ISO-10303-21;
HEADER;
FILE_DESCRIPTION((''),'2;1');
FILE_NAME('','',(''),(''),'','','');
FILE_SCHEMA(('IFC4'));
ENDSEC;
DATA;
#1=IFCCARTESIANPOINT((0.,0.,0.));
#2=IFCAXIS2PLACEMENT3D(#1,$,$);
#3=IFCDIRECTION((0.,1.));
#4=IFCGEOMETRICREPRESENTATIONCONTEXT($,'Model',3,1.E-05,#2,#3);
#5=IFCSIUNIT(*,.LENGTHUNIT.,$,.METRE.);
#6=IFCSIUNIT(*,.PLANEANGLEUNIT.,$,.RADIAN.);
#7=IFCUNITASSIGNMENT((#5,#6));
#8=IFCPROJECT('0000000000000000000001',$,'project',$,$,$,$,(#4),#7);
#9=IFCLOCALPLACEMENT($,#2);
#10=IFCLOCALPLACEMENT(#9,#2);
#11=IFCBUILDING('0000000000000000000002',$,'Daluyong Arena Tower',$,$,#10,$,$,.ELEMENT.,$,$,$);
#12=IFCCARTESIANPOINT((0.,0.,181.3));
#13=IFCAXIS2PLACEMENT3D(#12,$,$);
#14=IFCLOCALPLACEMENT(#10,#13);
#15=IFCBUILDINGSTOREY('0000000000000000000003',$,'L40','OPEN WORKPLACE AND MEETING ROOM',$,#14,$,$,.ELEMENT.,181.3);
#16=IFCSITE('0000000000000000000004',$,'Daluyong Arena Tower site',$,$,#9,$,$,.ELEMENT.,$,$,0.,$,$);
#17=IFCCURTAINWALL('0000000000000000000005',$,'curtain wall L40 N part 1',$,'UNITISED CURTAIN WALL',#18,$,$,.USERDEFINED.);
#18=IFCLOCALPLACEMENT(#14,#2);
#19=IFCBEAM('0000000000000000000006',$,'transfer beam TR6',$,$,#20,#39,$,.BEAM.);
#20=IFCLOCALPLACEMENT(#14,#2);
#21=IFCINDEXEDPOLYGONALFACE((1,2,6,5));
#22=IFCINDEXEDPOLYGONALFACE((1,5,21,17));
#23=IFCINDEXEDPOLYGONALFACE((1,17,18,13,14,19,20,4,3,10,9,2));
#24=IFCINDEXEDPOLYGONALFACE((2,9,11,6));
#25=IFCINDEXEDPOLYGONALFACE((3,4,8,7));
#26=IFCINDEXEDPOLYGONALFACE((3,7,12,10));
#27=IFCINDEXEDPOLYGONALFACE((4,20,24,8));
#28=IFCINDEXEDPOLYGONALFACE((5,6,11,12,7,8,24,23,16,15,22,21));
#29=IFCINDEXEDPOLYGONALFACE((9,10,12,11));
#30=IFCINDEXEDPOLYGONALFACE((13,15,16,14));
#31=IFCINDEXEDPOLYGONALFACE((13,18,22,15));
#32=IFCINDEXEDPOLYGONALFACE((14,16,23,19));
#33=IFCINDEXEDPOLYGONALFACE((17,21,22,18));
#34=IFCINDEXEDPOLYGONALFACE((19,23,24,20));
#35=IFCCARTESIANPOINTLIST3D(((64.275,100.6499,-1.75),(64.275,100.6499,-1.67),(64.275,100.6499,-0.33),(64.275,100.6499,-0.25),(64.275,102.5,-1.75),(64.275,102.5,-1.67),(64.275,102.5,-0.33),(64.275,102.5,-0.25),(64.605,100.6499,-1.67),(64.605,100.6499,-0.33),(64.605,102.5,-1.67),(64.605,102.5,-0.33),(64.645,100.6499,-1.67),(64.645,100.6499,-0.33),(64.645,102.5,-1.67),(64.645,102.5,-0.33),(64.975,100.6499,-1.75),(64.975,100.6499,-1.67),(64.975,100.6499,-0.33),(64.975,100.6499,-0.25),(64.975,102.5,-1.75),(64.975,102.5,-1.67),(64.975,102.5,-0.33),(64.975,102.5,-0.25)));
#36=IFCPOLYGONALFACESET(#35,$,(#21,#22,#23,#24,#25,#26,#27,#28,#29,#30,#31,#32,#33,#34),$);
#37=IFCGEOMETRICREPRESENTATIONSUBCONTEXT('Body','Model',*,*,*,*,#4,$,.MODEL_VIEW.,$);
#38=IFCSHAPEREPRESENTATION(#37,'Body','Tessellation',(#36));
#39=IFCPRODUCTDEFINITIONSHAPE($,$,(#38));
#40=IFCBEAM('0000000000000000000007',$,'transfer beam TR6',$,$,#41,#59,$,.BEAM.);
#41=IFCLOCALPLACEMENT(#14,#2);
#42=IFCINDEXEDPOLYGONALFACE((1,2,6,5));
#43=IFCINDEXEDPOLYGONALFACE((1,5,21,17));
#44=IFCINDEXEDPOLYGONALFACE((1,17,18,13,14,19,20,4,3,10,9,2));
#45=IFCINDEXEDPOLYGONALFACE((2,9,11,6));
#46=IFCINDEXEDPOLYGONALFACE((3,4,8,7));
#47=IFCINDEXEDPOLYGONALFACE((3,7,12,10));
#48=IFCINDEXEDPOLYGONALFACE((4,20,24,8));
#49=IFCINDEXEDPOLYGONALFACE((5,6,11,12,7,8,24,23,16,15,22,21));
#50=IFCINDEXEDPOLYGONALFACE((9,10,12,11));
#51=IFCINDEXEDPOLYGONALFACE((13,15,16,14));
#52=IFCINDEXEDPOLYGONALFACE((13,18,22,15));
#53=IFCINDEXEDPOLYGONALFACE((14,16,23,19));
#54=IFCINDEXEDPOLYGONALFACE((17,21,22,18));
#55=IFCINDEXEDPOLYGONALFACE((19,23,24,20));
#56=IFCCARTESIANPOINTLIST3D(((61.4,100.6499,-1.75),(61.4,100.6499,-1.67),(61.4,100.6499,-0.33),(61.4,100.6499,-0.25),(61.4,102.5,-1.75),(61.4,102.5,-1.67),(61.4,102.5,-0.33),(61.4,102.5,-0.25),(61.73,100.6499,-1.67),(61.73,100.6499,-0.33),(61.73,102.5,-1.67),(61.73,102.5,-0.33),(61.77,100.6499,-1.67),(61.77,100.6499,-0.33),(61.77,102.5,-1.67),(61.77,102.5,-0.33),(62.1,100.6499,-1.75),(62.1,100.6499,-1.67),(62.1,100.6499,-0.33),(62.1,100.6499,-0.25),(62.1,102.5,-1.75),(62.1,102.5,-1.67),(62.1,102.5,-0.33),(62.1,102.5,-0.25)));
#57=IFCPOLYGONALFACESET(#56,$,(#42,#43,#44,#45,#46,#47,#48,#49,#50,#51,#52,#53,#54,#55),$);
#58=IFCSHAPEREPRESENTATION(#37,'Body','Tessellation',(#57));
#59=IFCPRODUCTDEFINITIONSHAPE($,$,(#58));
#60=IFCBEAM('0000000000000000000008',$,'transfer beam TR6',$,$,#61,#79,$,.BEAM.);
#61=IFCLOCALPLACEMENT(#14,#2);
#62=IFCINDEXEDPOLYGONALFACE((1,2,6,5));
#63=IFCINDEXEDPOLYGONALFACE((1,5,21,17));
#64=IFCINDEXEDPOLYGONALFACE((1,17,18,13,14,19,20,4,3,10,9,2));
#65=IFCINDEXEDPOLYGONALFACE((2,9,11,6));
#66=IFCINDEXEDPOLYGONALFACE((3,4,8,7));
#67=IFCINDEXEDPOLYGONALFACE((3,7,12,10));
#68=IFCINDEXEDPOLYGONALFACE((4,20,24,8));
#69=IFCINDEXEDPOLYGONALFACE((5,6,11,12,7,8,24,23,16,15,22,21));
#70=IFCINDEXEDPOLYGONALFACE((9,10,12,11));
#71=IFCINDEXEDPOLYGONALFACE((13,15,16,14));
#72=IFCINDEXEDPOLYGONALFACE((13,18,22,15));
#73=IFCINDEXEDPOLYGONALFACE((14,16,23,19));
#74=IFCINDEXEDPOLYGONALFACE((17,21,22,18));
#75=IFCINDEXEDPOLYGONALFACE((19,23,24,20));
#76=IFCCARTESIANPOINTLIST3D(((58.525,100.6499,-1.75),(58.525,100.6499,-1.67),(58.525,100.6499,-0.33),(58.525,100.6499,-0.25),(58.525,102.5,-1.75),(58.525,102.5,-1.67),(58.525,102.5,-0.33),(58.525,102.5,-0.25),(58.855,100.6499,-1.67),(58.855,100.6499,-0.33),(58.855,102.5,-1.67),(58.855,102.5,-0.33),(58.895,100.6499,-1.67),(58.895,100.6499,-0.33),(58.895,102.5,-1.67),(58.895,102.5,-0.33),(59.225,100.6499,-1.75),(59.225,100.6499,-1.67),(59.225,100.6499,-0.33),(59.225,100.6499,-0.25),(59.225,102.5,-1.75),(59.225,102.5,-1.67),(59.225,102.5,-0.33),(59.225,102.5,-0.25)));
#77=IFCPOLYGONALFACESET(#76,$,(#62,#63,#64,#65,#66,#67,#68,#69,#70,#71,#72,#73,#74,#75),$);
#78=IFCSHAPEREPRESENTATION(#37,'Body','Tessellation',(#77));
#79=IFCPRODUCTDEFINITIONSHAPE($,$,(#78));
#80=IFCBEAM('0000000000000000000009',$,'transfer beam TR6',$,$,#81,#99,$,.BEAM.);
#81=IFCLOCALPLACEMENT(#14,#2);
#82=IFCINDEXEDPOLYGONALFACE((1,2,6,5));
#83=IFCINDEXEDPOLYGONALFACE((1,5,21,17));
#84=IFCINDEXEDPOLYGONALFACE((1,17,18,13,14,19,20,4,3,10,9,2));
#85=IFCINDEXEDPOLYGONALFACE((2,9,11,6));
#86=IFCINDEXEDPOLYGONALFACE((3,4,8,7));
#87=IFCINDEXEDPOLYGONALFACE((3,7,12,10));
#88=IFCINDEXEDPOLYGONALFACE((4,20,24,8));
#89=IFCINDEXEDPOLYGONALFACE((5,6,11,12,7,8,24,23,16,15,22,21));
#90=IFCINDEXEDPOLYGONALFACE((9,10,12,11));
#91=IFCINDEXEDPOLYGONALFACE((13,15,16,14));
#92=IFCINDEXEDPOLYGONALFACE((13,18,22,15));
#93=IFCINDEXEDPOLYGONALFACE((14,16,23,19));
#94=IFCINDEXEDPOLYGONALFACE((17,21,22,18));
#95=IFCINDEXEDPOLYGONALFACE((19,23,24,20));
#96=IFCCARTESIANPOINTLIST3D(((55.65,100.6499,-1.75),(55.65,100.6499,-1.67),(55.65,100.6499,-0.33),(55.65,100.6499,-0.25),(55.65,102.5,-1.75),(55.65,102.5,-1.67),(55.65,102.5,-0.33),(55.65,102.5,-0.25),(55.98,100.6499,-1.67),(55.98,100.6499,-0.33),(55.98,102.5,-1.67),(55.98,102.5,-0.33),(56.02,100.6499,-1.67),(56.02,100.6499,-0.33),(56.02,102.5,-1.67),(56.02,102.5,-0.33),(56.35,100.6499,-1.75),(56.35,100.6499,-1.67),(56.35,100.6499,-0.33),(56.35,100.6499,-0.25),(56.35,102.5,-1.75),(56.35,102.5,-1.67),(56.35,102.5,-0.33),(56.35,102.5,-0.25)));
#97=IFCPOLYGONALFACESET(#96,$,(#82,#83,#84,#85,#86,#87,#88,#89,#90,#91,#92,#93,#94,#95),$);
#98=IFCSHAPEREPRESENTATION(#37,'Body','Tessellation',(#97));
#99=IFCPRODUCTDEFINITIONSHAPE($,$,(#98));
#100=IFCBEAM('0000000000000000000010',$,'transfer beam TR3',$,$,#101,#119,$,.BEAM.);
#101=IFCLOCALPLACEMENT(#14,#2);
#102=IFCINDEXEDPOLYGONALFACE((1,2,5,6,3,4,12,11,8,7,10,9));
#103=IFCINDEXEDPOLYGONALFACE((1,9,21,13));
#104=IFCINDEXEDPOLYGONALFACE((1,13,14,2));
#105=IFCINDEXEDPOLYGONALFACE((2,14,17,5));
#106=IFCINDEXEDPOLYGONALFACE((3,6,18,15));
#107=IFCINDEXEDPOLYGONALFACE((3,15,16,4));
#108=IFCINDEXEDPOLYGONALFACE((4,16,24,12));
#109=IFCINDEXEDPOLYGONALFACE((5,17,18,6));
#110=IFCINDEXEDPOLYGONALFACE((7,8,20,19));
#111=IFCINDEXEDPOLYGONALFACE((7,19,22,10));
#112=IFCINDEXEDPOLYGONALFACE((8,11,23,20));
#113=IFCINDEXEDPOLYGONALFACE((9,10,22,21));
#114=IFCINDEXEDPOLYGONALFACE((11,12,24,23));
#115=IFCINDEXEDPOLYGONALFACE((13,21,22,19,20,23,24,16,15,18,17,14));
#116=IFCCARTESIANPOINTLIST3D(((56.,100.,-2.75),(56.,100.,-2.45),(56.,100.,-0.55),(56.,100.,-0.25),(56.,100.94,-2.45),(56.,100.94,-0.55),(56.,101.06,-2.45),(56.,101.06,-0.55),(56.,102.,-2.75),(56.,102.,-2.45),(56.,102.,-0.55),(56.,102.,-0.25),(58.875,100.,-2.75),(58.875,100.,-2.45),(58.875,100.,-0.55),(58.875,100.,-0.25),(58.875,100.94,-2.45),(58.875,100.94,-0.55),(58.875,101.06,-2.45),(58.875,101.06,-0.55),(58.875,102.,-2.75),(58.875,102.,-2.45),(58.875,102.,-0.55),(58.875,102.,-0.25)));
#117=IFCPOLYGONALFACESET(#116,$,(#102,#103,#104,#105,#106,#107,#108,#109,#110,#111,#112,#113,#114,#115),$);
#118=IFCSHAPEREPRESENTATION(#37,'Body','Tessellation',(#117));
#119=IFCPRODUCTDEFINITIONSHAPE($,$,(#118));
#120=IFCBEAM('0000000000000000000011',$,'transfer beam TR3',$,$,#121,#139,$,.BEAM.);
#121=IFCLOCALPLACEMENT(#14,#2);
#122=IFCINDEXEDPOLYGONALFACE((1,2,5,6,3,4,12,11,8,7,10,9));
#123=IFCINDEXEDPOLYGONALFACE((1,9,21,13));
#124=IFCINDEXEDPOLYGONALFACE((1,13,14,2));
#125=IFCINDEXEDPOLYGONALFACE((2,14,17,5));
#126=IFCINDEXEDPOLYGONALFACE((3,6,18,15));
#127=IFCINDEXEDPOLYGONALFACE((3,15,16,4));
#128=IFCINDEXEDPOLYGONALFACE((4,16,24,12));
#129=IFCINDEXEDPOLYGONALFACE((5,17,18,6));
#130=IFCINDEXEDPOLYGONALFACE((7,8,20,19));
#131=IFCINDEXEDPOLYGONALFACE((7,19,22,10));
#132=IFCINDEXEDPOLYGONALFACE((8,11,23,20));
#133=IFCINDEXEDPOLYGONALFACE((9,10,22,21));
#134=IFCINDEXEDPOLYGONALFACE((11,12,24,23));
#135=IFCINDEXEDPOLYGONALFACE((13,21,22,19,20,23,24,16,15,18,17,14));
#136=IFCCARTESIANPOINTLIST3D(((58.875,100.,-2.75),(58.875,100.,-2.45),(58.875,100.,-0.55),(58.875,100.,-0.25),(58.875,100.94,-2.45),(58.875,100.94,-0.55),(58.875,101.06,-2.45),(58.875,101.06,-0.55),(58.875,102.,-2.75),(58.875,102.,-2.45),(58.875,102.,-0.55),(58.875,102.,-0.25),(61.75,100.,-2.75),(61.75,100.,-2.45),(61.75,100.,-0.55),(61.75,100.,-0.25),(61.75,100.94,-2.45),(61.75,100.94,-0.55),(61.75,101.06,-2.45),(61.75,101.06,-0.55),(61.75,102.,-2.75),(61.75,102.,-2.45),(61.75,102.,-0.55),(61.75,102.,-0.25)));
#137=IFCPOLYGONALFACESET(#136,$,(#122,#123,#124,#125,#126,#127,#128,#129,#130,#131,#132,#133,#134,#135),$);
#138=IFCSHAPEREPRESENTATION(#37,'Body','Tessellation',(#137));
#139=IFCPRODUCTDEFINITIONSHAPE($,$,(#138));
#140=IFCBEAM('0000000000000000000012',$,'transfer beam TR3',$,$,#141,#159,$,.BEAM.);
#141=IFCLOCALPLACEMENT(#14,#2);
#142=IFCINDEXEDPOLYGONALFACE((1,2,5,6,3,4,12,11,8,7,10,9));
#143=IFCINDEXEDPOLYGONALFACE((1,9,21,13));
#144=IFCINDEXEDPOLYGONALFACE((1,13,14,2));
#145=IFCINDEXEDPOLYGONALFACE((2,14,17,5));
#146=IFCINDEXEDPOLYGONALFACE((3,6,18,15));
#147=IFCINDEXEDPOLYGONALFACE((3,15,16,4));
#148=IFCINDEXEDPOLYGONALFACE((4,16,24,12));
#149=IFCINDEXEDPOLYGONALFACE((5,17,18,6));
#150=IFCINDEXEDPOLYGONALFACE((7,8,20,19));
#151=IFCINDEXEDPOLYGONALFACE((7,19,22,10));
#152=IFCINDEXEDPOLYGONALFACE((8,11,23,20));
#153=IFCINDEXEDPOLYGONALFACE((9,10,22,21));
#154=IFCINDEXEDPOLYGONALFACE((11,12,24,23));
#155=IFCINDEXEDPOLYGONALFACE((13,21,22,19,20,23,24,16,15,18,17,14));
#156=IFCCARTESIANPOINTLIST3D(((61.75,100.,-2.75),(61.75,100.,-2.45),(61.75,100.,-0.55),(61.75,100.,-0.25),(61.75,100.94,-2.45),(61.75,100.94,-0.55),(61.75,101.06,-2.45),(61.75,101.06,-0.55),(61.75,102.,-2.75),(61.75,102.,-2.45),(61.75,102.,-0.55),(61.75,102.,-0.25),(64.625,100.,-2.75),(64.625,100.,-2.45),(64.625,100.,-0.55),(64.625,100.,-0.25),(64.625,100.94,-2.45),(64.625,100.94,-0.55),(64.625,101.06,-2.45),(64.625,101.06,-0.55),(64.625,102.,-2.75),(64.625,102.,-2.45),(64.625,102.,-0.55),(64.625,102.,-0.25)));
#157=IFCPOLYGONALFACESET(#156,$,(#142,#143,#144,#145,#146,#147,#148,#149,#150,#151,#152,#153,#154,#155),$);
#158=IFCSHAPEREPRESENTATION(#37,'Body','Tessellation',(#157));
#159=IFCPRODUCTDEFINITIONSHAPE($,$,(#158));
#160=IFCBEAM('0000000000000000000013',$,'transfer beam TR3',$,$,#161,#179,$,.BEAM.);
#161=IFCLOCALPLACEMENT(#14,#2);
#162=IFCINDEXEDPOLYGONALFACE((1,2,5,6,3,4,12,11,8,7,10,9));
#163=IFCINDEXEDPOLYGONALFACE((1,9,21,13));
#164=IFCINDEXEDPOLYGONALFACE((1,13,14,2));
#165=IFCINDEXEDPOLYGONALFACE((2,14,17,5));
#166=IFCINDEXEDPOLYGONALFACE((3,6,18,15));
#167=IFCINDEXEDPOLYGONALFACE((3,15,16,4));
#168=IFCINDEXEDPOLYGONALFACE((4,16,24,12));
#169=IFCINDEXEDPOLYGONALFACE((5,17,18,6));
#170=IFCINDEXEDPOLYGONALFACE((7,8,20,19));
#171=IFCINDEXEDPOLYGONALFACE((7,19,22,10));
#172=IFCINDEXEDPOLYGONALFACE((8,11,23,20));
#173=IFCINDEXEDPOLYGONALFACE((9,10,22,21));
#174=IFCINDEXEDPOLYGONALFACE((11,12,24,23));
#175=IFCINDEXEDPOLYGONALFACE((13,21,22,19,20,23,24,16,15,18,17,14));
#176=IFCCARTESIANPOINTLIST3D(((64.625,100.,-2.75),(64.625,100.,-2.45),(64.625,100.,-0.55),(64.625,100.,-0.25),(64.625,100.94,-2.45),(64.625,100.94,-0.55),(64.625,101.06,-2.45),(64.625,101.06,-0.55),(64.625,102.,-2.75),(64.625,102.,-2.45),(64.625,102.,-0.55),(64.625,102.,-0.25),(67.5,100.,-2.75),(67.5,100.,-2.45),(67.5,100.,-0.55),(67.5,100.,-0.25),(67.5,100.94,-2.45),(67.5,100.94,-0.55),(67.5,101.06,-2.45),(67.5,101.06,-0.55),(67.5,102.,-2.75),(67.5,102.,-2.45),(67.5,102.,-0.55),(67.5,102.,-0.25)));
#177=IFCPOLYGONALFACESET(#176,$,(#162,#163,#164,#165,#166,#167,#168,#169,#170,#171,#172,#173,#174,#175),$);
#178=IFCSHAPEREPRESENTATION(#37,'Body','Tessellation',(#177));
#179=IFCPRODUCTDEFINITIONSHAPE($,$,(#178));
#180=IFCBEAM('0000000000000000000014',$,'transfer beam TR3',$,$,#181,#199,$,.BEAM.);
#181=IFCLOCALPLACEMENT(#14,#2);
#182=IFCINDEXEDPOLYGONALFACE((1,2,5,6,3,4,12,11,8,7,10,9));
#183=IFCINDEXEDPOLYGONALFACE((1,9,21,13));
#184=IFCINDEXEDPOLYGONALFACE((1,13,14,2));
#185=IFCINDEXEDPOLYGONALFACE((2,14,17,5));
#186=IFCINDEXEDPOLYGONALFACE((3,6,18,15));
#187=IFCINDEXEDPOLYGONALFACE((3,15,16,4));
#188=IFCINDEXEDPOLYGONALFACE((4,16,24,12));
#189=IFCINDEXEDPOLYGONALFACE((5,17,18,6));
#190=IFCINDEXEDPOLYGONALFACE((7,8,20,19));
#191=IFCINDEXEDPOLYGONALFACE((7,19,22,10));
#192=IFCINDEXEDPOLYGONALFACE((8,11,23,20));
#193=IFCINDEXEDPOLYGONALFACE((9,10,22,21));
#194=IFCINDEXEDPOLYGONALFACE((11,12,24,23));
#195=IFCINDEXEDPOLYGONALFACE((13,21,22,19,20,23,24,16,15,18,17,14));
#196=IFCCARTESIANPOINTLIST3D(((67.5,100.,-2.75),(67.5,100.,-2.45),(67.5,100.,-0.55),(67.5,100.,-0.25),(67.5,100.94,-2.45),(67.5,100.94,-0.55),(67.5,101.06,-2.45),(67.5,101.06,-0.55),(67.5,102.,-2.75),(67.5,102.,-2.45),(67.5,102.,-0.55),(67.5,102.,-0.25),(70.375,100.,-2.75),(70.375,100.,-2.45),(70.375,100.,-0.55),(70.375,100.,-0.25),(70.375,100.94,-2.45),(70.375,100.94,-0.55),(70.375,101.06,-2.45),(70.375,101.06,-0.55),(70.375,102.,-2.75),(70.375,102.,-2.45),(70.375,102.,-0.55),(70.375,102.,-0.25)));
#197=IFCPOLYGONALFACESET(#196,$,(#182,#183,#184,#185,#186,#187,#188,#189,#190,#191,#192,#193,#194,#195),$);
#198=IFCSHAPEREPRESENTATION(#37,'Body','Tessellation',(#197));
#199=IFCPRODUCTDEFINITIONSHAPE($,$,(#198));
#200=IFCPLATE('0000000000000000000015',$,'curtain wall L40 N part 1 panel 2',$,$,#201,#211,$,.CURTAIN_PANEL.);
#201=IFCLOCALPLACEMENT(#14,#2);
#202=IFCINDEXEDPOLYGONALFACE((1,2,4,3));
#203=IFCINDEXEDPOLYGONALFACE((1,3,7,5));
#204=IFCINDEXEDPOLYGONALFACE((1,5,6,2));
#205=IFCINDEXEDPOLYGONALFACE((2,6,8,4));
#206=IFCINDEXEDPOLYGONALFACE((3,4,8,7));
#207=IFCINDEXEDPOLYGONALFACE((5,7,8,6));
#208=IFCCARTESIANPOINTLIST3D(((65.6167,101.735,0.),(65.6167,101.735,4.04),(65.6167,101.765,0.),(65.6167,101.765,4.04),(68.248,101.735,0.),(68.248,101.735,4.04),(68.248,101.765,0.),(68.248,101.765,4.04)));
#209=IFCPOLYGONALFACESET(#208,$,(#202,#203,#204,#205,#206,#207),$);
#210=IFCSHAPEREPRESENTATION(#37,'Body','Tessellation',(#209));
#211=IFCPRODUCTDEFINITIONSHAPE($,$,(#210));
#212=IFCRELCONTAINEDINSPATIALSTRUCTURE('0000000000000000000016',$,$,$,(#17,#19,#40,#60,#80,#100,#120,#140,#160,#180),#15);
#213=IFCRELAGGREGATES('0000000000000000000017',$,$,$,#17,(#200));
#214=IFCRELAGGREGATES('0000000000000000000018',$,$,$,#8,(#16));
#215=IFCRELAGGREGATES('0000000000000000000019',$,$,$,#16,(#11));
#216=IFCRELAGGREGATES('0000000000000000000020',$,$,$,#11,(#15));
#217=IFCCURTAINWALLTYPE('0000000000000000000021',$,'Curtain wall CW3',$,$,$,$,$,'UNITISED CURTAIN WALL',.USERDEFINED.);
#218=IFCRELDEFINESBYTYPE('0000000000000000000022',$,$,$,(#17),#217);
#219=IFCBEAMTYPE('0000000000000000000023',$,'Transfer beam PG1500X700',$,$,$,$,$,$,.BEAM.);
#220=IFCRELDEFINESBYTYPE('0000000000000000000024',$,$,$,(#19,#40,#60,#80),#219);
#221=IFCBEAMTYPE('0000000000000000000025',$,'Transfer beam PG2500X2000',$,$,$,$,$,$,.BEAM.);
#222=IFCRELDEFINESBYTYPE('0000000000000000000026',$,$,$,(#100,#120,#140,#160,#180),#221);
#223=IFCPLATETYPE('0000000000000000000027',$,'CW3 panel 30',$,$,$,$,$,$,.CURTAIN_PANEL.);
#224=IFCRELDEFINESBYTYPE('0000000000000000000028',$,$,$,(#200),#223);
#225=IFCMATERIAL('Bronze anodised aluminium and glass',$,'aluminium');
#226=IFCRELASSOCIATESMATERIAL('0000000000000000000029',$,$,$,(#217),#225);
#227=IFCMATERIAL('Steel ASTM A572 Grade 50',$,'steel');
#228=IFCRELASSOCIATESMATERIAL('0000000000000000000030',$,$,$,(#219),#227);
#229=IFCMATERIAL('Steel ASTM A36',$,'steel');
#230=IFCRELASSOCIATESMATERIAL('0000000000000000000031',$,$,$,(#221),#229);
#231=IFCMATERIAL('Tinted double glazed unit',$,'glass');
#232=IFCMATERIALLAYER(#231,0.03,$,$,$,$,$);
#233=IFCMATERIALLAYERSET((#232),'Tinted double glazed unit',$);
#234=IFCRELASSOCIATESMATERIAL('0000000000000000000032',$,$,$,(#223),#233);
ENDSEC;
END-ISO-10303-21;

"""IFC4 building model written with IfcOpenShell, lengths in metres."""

from ifc_helpers import new_model, si_unit, direction, frame, origin, origin_2d, place, context, subcontext, project, spatial, rectangle, i_section, extrude, material, layer, layer_set, material_profile, profile_set, type_object, element, aggregate, save


model = new_model("IFC4")

# Units and contexts
model_context = context("Model", 3, precision=1e-05, world=origin(), true_north=direction((0.0, 1.0)))
body_context = subcontext(model_context, "Body", "Model", "MODEL_VIEW")
ifc_project = project(units=[si_unit("LENGTHUNIT", "METRE"), si_unit("PLANEANGLEUNIT", "RADIAN")], contexts=[model_context])

# Site, building, storey
site_placement = place(None, origin())
site = spatial("IfcSite", under=ifc_project, at=site_placement, Name="Daluyong Arena Tower site", CompositionType="ELEMENT", RefElevation=0.0)
building_placement = place(site_placement, origin())
building = spatial("IfcBuilding", under=site, at=building_placement, Name="Daluyong Arena Tower", CompositionType="ELEMENT")
storey_placement = place(building_placement, frame((0.0, 0.0, 181.3)))
storey = spatial("IfcBuildingStorey", under=building, at=storey_placement, Name="L40", Description="OPEN WORKPLACE AND MEETING ROOM", CompositionType="ELEMENT", Elevation=181.3)

# Curtain wall
ifc_material_1 = material(Name="Bronze anodised aluminium and glass", Category="aluminium")
curtain_wall_type = type_object("IfcCurtainWallType", Name="Curtain wall CW3", ElementType="UNITISED CURTAIN WALL", PredefinedType="USERDEFINED", material=ifc_material_1)
curtain_wall_placement = place(storey_placement, origin())
curtain_wall = element("IfcCurtainWall", 1, at=curtain_wall_placement, inside=storey, type_object=curtain_wall_type, Name="curtain wall L40 N part 1", ObjectType="UNITISED CURTAIN WALL", PredefinedType="USERDEFINED")

# Beams
ifc_material_2 = material(Name="Steel ASTM A572 Grade 50", Category="steel")
ifc_material_profile_1 = material_profile(ifc_material_2, i_section(OverallWidth=0.7, OverallDepth=1.5, WebThickness=0.04, FlangeThickness=0.08, at=origin_2d()))
ifc_profile_set_1 = profile_set([ifc_material_profile_1], Name="Steel ASTM A572 Grade 50")
beam_type_1 = type_object("IfcBeamType", Name="Transfer beam PG1500X700", PredefinedType="BEAM", material=ifc_profile_set_1)
for number, where, z_axis, x_axis, name in (
    (2, (64.625, 102.5, -1.0), (0.0, -1.0, 0.0), (1.0, 0.0, 0.0), "transfer beam TR6"),
    (3, (61.75, 102.5, -1.0), (0.0, -1.0, 0.0), (1.0, 0.0, 0.0), "transfer beam TR6"),
    (4, (58.875, 102.5, -1.0), (0.0, -1.0, 0.0), (1.0, 0.0, 0.0), "transfer beam TR6"),
    (5, (56.0, 102.5, -1.0), (0.0, -1.0, 0.0), (1.0, 0.0, 0.0), "transfer beam TR6"),
):
    element("IfcBeam", number, at=place(storey_placement, frame(where, z_axis=z_axis, x_axis=x_axis)), inside=storey, type_object=beam_type_1, Name=name, PredefinedType="BEAM", context=body_context, shape_type="SweptSolid", body=[
        extrude(i_section(OverallWidth=0.7, OverallDepth=1.5, WebThickness=0.04, FlangeThickness=0.08, at=origin_2d()), origin(), (0.0, 0.0, 1.0), 1.8501),
    ])
ifc_material_3 = material(Name="Steel ASTM A36", Category="steel")
ifc_material_profile_2 = material_profile(ifc_material_3, i_section(OverallWidth=2.0, OverallDepth=2.5, WebThickness=0.12, FlangeThickness=0.3, at=origin_2d()))
ifc_profile_set_2 = profile_set([ifc_material_profile_2], Name="Steel ASTM A36")
beam_type_2 = type_object("IfcBeamType", Name="Transfer beam PG2500X2000", PredefinedType="BEAM", material=ifc_profile_set_2)
for number, where, z_axis, x_axis, name in (
    (6, (56.0, 101.0, -1.5), (1.0, 0.0, 0.0), (0.0, 1.0, 0.0), "transfer beam TR3"),
    (7, (58.875, 101.0, -1.5), (1.0, 0.0, 0.0), (0.0, 1.0, 0.0), "transfer beam TR3"),
    (8, (61.75, 101.0, -1.5), (1.0, 0.0, 0.0), (0.0, 1.0, 0.0), "transfer beam TR3"),
    (9, (64.625, 101.0, -1.5), (1.0, 0.0, 0.0), (0.0, 1.0, 0.0), "transfer beam TR3"),
    (10, (67.5, 101.0, -1.5), (1.0, 0.0, 0.0), (0.0, 1.0, 0.0), "transfer beam TR3"),
):
    element("IfcBeam", number, at=place(storey_placement, frame(where, z_axis=z_axis, x_axis=x_axis)), inside=storey, type_object=beam_type_2, Name=name, PredefinedType="BEAM", context=body_context, shape_type="SweptSolid", body=[
        extrude(i_section(OverallWidth=2.0, OverallDepth=2.5, WebThickness=0.12, FlangeThickness=0.3, at=origin_2d()), origin(), (0.0, 0.0, 1.0), 2.875),
    ])

# Plate
ifc_material_4 = material(Name="Tinted double glazed unit", Category="glass")
ifc_layer_1 = layer(ifc_material_4, 0.03)
ifc_layer_set_1 = layer_set([ifc_layer_1], Name="Tinted double glazed unit")
plate_type = type_object("IfcPlateType", Name="CW3 panel 30", PredefinedType="CURTAIN_PANEL", material=ifc_layer_set_1)
plate_1_placement = place(storey_placement, frame((66.9324, 101.75, 0.0), z_axis=(0.0, 0.0, 1.0), x_axis=(-1.0, 0.0, 0.0)))
plate_1 = element("IfcPlate", 11, at=plate_1_placement, type_object=plate_type, Name="curtain wall L40 N part 1 panel 2", PredefinedType="CURTAIN_PANEL", context=body_context, shape_type="SweptSolid", body=[
    extrude(rectangle(XDim=2.6313, YDim=0.03, at=origin_2d()), origin(), (0.0, 0.0, 1.0), 4.04),
])
aggregate(curtain_wall, [plate_1])

save(model, "model.ifc")
